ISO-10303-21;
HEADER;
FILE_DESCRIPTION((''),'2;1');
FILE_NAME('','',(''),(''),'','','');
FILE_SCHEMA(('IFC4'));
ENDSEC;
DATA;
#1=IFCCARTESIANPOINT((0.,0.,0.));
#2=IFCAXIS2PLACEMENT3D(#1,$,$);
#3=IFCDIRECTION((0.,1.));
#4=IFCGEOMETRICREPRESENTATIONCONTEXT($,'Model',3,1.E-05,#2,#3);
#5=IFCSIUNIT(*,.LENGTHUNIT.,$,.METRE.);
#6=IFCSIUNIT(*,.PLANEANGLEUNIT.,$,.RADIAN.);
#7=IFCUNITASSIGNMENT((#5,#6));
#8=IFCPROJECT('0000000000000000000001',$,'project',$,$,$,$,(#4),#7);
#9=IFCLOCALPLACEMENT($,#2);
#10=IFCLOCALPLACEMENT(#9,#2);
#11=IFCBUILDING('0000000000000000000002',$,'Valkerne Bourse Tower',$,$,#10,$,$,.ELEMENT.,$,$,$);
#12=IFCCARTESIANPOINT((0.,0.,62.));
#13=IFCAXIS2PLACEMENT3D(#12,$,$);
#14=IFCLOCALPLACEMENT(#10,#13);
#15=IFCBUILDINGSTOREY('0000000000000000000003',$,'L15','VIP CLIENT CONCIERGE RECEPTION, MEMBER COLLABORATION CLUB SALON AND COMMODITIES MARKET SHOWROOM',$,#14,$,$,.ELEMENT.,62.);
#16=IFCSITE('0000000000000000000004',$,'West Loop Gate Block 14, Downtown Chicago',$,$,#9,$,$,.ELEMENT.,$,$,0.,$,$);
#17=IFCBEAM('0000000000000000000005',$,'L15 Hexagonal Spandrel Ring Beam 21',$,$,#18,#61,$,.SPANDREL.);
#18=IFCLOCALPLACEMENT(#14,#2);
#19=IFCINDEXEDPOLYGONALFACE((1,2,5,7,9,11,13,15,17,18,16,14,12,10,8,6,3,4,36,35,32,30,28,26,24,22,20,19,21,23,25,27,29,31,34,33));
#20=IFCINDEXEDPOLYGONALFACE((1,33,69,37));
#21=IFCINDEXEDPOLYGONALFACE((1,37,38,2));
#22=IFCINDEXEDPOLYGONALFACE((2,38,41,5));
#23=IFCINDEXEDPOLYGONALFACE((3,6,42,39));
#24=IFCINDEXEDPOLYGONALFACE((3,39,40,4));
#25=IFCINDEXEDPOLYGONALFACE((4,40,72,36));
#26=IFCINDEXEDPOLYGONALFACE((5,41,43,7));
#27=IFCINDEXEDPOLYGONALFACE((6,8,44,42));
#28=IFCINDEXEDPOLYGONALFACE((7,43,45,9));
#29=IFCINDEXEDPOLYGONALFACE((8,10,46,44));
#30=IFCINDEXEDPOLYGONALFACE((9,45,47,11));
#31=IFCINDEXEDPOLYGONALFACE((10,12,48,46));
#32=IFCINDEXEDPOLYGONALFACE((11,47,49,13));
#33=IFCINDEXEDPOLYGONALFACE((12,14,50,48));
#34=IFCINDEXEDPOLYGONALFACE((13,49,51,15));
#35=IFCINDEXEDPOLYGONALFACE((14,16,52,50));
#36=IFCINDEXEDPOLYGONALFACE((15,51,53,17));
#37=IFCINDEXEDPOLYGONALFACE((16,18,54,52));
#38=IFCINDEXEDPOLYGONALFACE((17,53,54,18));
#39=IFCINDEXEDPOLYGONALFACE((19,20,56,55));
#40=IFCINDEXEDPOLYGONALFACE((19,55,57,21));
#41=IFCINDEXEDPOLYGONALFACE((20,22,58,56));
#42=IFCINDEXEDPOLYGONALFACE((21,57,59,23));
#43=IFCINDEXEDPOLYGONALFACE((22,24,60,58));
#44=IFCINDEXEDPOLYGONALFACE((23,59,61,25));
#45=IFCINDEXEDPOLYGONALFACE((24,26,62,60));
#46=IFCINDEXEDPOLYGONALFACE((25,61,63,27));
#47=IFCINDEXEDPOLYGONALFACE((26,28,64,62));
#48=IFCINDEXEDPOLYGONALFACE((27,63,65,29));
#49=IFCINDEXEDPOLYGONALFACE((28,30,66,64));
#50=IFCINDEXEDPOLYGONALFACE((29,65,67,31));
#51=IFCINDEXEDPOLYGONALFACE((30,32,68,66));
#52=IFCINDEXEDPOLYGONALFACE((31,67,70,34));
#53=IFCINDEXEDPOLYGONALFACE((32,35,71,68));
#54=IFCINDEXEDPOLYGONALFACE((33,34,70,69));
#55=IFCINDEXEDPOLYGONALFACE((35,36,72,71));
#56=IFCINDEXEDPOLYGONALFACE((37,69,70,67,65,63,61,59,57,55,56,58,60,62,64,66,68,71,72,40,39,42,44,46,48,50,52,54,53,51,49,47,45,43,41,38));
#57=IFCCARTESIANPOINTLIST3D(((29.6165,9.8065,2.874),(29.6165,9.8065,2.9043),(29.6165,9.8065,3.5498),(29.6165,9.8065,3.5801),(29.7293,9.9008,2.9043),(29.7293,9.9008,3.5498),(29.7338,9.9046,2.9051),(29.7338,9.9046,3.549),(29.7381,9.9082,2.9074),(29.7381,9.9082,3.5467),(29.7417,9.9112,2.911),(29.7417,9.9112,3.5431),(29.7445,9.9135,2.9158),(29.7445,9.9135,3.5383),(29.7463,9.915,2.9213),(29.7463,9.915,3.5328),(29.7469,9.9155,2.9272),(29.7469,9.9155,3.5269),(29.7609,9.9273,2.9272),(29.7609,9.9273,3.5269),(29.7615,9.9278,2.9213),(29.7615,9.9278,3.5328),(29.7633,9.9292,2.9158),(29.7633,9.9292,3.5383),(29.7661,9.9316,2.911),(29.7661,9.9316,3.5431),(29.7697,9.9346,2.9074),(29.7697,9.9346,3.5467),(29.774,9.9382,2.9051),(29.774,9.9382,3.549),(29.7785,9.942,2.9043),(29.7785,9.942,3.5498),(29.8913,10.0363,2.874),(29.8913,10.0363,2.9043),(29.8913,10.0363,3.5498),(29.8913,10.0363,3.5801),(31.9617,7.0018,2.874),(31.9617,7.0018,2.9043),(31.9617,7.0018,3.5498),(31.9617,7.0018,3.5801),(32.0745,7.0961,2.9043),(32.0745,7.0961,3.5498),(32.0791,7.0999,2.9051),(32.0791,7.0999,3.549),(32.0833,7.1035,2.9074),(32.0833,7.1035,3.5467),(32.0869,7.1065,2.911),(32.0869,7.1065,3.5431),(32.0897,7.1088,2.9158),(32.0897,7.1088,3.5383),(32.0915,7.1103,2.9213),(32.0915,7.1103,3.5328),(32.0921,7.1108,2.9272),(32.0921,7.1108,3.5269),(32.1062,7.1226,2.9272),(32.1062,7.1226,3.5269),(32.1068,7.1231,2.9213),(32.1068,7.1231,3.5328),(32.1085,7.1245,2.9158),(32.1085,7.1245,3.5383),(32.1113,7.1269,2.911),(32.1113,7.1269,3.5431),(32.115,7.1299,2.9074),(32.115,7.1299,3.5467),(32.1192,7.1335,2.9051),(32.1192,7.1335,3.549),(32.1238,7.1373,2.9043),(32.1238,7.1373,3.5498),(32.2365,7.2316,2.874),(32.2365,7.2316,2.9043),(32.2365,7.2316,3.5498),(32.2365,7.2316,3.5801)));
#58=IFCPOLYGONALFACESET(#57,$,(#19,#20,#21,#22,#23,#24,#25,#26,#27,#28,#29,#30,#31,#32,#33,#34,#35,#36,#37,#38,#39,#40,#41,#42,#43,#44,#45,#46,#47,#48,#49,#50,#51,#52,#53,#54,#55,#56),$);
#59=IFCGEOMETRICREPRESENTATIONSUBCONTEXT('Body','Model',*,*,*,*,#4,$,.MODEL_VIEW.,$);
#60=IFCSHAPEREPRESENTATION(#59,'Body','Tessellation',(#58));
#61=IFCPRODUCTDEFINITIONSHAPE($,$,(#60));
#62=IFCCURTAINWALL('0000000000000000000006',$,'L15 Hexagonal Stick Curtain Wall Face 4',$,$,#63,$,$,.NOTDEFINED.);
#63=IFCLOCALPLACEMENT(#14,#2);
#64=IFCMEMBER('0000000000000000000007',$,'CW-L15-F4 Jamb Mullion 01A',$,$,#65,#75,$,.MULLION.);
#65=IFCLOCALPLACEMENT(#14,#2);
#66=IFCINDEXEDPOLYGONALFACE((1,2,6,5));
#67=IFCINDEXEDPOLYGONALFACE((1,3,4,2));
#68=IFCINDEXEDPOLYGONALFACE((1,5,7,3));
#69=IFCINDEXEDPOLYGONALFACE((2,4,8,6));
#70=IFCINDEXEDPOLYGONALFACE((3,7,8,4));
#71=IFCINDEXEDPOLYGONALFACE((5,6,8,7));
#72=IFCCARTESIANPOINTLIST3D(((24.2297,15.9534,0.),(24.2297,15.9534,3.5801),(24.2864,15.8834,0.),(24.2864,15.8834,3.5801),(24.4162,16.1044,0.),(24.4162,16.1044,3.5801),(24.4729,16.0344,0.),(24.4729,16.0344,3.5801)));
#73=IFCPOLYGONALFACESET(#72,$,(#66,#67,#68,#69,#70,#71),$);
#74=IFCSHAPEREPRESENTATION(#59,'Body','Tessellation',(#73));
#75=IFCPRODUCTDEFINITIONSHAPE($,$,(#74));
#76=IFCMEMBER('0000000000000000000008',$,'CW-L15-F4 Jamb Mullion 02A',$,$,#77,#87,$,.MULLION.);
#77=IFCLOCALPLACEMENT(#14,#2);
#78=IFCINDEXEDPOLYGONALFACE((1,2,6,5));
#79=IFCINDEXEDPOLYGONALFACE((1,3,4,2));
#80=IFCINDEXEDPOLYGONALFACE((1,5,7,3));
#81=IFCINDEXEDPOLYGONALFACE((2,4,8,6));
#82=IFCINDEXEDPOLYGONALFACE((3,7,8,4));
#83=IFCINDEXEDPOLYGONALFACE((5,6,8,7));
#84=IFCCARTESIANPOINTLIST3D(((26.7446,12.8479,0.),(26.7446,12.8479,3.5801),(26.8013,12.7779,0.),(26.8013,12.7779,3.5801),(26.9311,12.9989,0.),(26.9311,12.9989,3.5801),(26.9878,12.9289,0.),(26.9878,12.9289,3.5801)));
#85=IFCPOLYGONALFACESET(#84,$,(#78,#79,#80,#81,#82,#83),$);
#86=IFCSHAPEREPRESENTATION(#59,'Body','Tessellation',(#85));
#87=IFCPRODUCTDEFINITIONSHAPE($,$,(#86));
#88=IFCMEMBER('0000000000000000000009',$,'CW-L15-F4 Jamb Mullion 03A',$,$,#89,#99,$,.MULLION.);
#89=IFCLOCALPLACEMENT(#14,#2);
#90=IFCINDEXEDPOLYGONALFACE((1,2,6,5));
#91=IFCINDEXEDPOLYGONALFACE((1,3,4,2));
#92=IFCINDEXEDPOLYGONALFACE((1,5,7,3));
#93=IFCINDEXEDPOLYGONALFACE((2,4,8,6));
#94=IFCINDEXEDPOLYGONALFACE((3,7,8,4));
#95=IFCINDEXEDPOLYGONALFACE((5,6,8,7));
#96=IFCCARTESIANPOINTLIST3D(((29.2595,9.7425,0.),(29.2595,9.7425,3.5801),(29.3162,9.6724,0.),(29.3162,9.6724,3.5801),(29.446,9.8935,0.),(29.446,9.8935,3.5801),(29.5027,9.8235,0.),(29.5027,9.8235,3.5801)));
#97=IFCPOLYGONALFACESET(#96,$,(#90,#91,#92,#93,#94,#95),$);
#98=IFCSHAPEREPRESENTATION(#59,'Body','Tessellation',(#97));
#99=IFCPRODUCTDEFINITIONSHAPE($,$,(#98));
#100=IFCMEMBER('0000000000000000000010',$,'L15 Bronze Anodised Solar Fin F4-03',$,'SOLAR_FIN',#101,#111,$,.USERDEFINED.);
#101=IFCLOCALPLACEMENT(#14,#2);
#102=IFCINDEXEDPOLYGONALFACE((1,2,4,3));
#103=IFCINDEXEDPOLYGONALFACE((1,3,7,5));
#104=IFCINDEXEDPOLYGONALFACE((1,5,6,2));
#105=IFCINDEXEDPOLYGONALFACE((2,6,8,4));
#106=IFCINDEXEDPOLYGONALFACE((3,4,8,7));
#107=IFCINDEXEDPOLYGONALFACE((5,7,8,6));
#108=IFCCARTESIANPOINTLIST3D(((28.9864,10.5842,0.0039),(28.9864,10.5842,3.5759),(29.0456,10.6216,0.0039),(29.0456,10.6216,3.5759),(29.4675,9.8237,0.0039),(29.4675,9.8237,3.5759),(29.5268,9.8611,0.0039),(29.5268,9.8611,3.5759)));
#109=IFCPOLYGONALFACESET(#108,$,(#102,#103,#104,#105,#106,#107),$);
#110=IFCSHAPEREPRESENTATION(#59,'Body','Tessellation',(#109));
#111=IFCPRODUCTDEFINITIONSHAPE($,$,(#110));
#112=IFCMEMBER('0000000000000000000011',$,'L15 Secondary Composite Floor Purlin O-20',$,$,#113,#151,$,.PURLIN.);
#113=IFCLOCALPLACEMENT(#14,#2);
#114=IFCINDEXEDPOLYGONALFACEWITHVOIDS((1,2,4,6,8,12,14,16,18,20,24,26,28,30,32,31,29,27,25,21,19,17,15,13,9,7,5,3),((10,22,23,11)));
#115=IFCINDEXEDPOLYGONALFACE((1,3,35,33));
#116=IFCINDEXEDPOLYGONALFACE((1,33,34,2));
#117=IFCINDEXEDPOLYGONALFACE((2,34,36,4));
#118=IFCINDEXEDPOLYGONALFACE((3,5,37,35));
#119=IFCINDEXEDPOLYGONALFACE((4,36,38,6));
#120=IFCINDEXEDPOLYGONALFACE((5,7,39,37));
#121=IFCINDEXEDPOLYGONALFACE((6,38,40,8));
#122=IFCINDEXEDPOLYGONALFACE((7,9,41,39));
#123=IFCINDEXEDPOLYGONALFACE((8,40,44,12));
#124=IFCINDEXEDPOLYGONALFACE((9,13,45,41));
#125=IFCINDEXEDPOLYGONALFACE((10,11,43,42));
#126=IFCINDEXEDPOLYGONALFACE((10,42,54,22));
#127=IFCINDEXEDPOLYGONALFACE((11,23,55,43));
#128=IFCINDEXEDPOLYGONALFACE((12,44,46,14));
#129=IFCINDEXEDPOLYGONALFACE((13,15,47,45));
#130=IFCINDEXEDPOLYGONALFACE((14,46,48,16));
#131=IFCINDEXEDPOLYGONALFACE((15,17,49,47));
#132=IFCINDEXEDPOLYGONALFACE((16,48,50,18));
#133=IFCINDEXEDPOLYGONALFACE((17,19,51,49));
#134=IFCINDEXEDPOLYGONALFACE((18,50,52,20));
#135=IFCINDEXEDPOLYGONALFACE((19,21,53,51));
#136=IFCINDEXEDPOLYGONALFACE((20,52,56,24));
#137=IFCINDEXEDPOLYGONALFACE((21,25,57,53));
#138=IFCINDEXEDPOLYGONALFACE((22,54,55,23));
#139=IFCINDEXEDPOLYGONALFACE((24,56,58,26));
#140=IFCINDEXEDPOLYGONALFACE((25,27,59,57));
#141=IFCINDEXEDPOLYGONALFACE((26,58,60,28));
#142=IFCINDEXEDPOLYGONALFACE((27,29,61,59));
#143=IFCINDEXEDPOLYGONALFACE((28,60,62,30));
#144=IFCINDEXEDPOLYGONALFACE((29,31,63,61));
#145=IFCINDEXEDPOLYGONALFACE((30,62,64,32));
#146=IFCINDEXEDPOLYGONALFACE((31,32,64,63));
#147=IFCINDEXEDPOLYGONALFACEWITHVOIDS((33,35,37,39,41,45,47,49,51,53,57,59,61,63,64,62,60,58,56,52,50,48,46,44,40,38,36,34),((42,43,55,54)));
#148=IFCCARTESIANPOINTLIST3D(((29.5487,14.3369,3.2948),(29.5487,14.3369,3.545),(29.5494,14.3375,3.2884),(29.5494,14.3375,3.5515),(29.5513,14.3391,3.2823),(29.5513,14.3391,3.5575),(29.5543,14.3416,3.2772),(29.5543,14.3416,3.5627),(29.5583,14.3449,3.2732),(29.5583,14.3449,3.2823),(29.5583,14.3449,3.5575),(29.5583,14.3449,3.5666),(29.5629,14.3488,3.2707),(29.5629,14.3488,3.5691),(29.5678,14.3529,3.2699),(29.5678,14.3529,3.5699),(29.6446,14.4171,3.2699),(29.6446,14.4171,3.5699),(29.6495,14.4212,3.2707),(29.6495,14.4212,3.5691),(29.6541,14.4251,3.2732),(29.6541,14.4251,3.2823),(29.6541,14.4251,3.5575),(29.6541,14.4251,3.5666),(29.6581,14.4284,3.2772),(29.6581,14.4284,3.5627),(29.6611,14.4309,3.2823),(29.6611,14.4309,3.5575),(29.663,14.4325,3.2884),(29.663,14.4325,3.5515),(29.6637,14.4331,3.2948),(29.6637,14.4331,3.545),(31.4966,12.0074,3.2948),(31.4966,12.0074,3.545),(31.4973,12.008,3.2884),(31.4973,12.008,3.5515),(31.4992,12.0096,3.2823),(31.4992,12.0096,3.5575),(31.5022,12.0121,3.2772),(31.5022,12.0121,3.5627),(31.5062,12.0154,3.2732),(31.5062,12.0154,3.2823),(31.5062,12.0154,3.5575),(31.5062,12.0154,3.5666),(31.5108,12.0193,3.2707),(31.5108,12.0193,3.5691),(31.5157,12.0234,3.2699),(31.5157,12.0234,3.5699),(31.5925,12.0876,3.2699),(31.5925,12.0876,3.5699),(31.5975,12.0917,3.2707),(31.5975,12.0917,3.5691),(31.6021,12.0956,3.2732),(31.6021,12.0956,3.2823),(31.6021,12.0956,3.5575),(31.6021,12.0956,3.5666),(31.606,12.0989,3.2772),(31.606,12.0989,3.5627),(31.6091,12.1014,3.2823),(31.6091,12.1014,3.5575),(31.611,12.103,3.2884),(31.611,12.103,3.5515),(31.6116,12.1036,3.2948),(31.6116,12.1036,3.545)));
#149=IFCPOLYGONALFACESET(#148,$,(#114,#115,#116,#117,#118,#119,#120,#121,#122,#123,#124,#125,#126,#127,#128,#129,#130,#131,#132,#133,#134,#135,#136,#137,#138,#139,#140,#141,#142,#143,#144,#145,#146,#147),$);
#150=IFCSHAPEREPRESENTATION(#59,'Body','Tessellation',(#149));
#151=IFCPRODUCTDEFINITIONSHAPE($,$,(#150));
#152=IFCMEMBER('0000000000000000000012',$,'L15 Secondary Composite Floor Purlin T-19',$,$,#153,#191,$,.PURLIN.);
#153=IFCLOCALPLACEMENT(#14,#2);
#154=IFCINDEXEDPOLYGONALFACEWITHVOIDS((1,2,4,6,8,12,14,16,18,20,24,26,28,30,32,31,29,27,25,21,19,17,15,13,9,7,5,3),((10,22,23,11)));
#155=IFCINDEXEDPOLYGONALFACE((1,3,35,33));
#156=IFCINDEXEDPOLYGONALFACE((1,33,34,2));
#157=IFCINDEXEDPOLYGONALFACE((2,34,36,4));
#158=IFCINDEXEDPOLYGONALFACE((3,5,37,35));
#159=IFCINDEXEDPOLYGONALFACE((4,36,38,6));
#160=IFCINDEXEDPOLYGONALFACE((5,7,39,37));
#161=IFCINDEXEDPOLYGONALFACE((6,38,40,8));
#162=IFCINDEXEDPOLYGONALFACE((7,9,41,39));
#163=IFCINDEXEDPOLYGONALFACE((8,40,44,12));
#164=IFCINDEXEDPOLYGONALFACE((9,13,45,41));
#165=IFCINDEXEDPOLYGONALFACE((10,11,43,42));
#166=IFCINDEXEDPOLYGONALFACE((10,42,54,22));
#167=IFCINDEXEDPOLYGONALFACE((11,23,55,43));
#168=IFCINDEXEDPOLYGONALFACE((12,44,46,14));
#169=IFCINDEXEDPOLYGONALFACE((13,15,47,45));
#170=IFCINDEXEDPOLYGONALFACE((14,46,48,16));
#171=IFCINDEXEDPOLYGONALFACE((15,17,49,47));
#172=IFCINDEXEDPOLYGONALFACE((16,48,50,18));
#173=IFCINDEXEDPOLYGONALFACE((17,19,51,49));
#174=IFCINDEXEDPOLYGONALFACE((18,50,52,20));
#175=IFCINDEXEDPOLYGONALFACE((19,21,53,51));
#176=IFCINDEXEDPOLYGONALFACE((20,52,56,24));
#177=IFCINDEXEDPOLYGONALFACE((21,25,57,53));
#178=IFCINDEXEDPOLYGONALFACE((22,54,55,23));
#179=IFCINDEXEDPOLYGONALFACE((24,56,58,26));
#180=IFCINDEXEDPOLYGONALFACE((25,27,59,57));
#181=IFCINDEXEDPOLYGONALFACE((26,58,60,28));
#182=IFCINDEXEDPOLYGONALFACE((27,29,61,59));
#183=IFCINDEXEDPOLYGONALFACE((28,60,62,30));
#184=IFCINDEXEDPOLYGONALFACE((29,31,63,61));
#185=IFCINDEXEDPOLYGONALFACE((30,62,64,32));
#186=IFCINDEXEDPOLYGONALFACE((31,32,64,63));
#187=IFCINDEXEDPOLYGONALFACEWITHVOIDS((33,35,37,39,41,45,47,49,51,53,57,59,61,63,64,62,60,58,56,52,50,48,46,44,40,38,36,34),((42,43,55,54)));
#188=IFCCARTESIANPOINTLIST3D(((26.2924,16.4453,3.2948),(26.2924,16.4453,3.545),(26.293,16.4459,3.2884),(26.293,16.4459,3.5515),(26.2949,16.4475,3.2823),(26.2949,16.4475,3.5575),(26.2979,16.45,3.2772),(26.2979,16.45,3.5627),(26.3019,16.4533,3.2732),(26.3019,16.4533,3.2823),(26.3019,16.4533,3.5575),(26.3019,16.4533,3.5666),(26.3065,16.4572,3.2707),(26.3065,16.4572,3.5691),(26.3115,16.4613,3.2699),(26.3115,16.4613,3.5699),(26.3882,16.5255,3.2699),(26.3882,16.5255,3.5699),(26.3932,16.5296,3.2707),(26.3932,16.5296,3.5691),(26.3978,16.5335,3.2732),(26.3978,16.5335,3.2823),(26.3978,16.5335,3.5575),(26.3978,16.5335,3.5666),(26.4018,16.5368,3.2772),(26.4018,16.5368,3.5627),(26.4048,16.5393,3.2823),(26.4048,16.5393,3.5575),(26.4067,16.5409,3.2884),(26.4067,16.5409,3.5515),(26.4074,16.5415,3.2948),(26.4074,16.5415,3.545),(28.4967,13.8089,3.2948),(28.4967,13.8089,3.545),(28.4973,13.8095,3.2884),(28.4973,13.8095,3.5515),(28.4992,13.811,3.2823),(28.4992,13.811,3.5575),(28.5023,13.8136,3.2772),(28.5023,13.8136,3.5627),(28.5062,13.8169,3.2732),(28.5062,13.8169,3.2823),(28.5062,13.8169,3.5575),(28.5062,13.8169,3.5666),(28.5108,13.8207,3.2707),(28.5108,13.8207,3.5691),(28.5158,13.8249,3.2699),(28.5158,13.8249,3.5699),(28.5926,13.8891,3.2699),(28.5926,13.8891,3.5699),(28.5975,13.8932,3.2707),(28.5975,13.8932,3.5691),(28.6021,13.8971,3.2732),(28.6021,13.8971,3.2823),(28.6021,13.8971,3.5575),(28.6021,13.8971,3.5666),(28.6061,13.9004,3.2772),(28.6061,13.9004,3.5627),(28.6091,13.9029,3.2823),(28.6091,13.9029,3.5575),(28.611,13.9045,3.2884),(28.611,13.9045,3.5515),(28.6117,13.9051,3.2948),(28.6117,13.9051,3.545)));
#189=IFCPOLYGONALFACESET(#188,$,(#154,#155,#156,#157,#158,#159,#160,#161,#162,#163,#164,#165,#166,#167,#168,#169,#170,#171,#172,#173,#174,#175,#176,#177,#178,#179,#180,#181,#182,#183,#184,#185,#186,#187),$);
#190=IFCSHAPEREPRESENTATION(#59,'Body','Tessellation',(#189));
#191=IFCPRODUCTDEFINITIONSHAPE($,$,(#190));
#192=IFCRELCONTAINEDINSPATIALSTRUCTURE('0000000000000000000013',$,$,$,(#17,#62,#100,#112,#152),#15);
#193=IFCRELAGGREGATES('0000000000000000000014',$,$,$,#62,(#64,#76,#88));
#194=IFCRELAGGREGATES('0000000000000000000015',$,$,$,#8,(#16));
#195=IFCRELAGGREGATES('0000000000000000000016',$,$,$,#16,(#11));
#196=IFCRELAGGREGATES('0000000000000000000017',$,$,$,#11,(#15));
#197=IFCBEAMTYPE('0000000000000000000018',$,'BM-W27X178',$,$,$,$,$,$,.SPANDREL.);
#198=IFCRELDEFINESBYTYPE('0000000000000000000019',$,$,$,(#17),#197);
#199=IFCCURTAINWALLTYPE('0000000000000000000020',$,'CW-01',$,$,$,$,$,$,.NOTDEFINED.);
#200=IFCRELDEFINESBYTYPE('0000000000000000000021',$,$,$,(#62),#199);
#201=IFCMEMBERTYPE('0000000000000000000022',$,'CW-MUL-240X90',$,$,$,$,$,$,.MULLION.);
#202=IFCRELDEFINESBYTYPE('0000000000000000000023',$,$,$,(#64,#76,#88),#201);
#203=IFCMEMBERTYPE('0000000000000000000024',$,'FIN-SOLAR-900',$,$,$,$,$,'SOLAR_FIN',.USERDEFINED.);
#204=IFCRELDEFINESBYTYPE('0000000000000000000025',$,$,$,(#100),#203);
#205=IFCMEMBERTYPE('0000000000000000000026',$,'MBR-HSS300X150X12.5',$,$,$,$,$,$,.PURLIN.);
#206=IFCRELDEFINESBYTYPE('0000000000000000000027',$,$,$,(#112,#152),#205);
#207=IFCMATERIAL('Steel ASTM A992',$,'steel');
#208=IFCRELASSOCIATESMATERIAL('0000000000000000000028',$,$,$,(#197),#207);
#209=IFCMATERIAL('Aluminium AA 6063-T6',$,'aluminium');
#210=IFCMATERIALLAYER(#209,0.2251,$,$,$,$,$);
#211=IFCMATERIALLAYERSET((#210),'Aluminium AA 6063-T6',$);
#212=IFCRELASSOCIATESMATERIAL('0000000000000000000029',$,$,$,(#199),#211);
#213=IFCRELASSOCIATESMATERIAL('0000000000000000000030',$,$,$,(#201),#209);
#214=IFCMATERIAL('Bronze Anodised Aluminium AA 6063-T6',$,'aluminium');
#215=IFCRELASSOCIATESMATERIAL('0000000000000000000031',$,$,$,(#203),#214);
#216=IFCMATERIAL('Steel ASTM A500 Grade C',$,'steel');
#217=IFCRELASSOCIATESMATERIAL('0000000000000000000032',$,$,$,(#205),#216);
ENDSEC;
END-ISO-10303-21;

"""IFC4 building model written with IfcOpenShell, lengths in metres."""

from ifc_helpers import new_model, si_unit, direction, frame, origin, origin_2d, place, context, subcontext, project, spatial, rectangle, hollow_rectangle, i_section, extrude, material, layer, layer_set, material_profile, profile_set, type_object, element, aggregate, save


model = new_model("IFC4")

# Units and contexts
model_context = context("Model", 3, precision=1e-05, world=origin(), true_north=direction((0.0, 1.0)))
body_context = subcontext(model_context, "Body", "Model", "MODEL_VIEW")
ifc_project = project(units=[si_unit("LENGTHUNIT", "METRE"), si_unit("PLANEANGLEUNIT", "RADIAN")], contexts=[model_context])

# Site, building, storey
site_placement = place(None, origin())
site = spatial("IfcSite", under=ifc_project, at=site_placement, Name="West Loop Gate Block 14, Downtown Chicago", CompositionType="ELEMENT", RefElevation=0.0)
building_placement = place(site_placement, origin())
building = spatial("IfcBuilding", under=site, at=building_placement, Name="Valkerne Bourse Tower", CompositionType="ELEMENT")
storey_placement = place(building_placement, frame((0.0, 0.0, 62.0)))
storey = spatial("IfcBuildingStorey", under=building, at=storey_placement, Name="L15", Description="VIP CLIENT CONCIERGE RECEPTION, MEMBER COLLABORATION CLUB SALON AND COMMODITIES MARKET SHOWROOM", CompositionType="ELEMENT", Elevation=62.0)

# Beam
ifc_material_1 = material(Name="Steel ASTM A992", Category="steel")
ifc_material_profile_1 = material_profile(ifc_material_1, i_section(OverallWidth=0.3582, OverallDepth=0.7061, WebThickness=0.0183, FlangeThickness=0.0303, FilletRadius=0.0229, at=origin_2d()), Name="W27X178")
ifc_profile_set_1 = profile_set([ifc_material_profile_1], Name="Steel ASTM A992")
beam_type_1 = type_object("IfcBeamType", Name="BM-W27X178", PredefinedType="SPANDREL", material=ifc_profile_set_1)
for number, where, z_axis, x_axis, name in (
    (1, (29.7539, 9.9214, 3.2271), (0.641471, -0.767147, 0.0), (0.767147, 0.641471, 0.0), "L15 Hexagonal Spandrel Ring Beam 21"),
):
    element("IfcBeam", number, at=place(storey_placement, frame(where, z_axis=z_axis, x_axis=x_axis)), inside=storey, type_object=beam_type_1, Name=name, PredefinedType="SPANDREL", context=body_context, shape_type="SweptSolid", body=[
        extrude(i_section(OverallWidth=0.3582, OverallDepth=0.7061, WebThickness=0.0183, FlangeThickness=0.0303, FilletRadius=0.0229, at=origin_2d()), origin(), (0.0, 0.0, 1.0), 3.656),
    ])

# Curtain wall, members
ifc_material_2 = material(Name="Aluminium AA 6063-T6", Category="aluminium")
ifc_layer_1 = layer(ifc_material_2, 0.2251)
ifc_layer_set_1 = layer_set([ifc_layer_1], Name="Aluminium AA 6063-T6")
curtain_wall_type = type_object("IfcCurtainWallType", Name="CW-01", PredefinedType="NOTDEFINED", material=ifc_layer_set_1)
curtain_wall_placement = place(storey_placement, origin())
curtain_wall = element("IfcCurtainWall", 2, at=curtain_wall_placement, inside=storey, type_object=curtain_wall_type, Name="L15 Hexagonal Stick Curtain Wall Face 4", PredefinedType="NOTDEFINED")
ifc_material_profile_2 = material_profile(ifc_material_2, rectangle(XDim=0.0901, YDim=0.24, at=origin_2d()), Name="CWM-90X240")
ifc_profile_set_2 = profile_set([ifc_material_profile_2], Name="Aluminium AA 6063-T6")
member_type_1 = type_object("IfcMemberType", Name="CW-MUL-240X90", PredefinedType="MULLION", material=ifc_profile_set_2)
member_1_placement = place(storey_placement, frame((24.3513, 15.9939, 0.0), z_axis=(0.0, 0.0, 1.0), x_axis=(0.629323, -0.777144, 0.0)))
member_1 = element("IfcMember", 3, at=member_1_placement, type_object=member_type_1, Name="CW-L15-F4 Jamb Mullion 01A", PredefinedType="MULLION", context=body_context, shape_type="SweptSolid", body=[
    extrude(rectangle(XDim=0.0901, YDim=0.24, at=origin_2d()), origin(), (0.0, 0.0, 1.0), 3.5801),
])
member_2_placement = place(storey_placement, frame((26.8662, 12.8884, 0.0), z_axis=(0.0, 0.0, 1.0), x_axis=(0.629323, -0.777144, 0.0)))
member_2 = element("IfcMember", 4, at=member_2_placement, type_object=member_type_1, Name="CW-L15-F4 Jamb Mullion 02A", PredefinedType="MULLION", context=body_context, shape_type="SweptSolid", body=[
    extrude(rectangle(XDim=0.0901, YDim=0.24, at=origin_2d()), origin(), (0.0, 0.0, 1.0), 3.5801),
])
member_3_placement = place(storey_placement, frame((29.3811, 9.783, 0.0), z_axis=(0.0, 0.0, 1.0), x_axis=(0.629308, -0.777156, 0.0)))
member_3 = element("IfcMember", 5, at=member_3_placement, type_object=member_type_1, Name="CW-L15-F4 Jamb Mullion 03A", PredefinedType="MULLION", context=body_context, shape_type="SweptSolid", body=[
    extrude(rectangle(XDim=0.0901, YDim=0.24, at=origin_2d()), origin(), (0.0, 0.0, 1.0), 3.5801),
])

# Members
ifc_material_3 = material(Name="Bronze Anodised Aluminium AA 6063-T6", Category="aluminium")
ifc_material_profile_3 = material_profile(ifc_material_3, rectangle(XDim=0.0701, YDim=0.8999, at=origin_2d()), Name="FIN-70X900")
ifc_profile_set_3 = profile_set([ifc_material_profile_3], Name="Bronze Anodised Aluminium AA 6063-T6")
member_type_2 = type_object("IfcMemberType", Name="FIN-SOLAR-900", ElementType="SOLAR_FIN", PredefinedType="USERDEFINED", material=ifc_profile_set_3)
member_4_placement = place(storey_placement, frame((29.2566, 10.2227, 0.0039), z_axis=(0.0, 0.0, 1.0), x_axis=(-0.845088, -0.534627, 0.0)))
element("IfcMember", 6, at=member_4_placement, inside=storey, type_object=member_type_2, Name="L15 Bronze Anodised Solar Fin F4-03", ObjectType="SOLAR_FIN", PredefinedType="USERDEFINED", context=body_context, shape_type="SweptSolid", body=[
    extrude(rectangle(XDim=0.0701, YDim=0.8999, at=origin_2d()), origin(), (0.0, 0.0, 1.0), 3.572),
])
ifc_material_4 = material(Name="Steel ASTM A500 Grade C", Category="steel")
ifc_material_profile_4 = material_profile(ifc_material_4, hollow_rectangle(XDim=0.1499, YDim=0.3, WallThickness=0.0125, OuterFilletRadius=0.0249, at=origin_2d()), Name="HSS300X150X12.5")
ifc_profile_set_4 = profile_set([ifc_material_profile_4], Name="Steel ASTM A500 Grade C")
member_type_3 = type_object("IfcMemberType", Name="MBR-HSS300X150X12.5", PredefinedType="PURLIN", material=ifc_profile_set_4)
member_5_placement = place(storey_placement, frame((29.6062, 14.385, 3.4199), z_axis=(0.64148, -0.767139, 0.0), x_axis=(0.767139, 0.64148, 0.0)))
element("IfcMember", 7, at=member_5_placement, inside=storey, type_object=member_type_3, Name="L15 Secondary Composite Floor Purlin O-20", PredefinedType="PURLIN", context=body_context, shape_type="SweptSolid", body=[
    extrude(hollow_rectangle(XDim=0.1499, YDim=0.3, WallThickness=0.0125, OuterFilletRadius=0.0249, at=origin_2d()), origin(), (0.0, 0.0, 1.0), 3.0366),
])
for number, where, z_axis, x_axis, name in (
    (8, (26.3499, 16.4934, 3.4199), (0.641434, -0.767178, 0.0), (0.767178, 0.641434, 0.0), "L15 Secondary Composite Floor Purlin T-19"),
):
    element("IfcMember", number, at=place(storey_placement, frame(where, z_axis=z_axis, x_axis=x_axis)), inside=storey, type_object=member_type_3, Name=name, PredefinedType="PURLIN", context=body_context, shape_type="SweptSolid", body=[
        extrude(hollow_rectangle(XDim=0.1499, YDim=0.3, WallThickness=0.0125, OuterFilletRadius=0.0249, at=origin_2d()), origin(), (0.0, 0.0, 1.0), 3.4365),
    ])

aggregate(curtain_wall, [member_1, member_2, member_3])

save(model, "model.ifc")
